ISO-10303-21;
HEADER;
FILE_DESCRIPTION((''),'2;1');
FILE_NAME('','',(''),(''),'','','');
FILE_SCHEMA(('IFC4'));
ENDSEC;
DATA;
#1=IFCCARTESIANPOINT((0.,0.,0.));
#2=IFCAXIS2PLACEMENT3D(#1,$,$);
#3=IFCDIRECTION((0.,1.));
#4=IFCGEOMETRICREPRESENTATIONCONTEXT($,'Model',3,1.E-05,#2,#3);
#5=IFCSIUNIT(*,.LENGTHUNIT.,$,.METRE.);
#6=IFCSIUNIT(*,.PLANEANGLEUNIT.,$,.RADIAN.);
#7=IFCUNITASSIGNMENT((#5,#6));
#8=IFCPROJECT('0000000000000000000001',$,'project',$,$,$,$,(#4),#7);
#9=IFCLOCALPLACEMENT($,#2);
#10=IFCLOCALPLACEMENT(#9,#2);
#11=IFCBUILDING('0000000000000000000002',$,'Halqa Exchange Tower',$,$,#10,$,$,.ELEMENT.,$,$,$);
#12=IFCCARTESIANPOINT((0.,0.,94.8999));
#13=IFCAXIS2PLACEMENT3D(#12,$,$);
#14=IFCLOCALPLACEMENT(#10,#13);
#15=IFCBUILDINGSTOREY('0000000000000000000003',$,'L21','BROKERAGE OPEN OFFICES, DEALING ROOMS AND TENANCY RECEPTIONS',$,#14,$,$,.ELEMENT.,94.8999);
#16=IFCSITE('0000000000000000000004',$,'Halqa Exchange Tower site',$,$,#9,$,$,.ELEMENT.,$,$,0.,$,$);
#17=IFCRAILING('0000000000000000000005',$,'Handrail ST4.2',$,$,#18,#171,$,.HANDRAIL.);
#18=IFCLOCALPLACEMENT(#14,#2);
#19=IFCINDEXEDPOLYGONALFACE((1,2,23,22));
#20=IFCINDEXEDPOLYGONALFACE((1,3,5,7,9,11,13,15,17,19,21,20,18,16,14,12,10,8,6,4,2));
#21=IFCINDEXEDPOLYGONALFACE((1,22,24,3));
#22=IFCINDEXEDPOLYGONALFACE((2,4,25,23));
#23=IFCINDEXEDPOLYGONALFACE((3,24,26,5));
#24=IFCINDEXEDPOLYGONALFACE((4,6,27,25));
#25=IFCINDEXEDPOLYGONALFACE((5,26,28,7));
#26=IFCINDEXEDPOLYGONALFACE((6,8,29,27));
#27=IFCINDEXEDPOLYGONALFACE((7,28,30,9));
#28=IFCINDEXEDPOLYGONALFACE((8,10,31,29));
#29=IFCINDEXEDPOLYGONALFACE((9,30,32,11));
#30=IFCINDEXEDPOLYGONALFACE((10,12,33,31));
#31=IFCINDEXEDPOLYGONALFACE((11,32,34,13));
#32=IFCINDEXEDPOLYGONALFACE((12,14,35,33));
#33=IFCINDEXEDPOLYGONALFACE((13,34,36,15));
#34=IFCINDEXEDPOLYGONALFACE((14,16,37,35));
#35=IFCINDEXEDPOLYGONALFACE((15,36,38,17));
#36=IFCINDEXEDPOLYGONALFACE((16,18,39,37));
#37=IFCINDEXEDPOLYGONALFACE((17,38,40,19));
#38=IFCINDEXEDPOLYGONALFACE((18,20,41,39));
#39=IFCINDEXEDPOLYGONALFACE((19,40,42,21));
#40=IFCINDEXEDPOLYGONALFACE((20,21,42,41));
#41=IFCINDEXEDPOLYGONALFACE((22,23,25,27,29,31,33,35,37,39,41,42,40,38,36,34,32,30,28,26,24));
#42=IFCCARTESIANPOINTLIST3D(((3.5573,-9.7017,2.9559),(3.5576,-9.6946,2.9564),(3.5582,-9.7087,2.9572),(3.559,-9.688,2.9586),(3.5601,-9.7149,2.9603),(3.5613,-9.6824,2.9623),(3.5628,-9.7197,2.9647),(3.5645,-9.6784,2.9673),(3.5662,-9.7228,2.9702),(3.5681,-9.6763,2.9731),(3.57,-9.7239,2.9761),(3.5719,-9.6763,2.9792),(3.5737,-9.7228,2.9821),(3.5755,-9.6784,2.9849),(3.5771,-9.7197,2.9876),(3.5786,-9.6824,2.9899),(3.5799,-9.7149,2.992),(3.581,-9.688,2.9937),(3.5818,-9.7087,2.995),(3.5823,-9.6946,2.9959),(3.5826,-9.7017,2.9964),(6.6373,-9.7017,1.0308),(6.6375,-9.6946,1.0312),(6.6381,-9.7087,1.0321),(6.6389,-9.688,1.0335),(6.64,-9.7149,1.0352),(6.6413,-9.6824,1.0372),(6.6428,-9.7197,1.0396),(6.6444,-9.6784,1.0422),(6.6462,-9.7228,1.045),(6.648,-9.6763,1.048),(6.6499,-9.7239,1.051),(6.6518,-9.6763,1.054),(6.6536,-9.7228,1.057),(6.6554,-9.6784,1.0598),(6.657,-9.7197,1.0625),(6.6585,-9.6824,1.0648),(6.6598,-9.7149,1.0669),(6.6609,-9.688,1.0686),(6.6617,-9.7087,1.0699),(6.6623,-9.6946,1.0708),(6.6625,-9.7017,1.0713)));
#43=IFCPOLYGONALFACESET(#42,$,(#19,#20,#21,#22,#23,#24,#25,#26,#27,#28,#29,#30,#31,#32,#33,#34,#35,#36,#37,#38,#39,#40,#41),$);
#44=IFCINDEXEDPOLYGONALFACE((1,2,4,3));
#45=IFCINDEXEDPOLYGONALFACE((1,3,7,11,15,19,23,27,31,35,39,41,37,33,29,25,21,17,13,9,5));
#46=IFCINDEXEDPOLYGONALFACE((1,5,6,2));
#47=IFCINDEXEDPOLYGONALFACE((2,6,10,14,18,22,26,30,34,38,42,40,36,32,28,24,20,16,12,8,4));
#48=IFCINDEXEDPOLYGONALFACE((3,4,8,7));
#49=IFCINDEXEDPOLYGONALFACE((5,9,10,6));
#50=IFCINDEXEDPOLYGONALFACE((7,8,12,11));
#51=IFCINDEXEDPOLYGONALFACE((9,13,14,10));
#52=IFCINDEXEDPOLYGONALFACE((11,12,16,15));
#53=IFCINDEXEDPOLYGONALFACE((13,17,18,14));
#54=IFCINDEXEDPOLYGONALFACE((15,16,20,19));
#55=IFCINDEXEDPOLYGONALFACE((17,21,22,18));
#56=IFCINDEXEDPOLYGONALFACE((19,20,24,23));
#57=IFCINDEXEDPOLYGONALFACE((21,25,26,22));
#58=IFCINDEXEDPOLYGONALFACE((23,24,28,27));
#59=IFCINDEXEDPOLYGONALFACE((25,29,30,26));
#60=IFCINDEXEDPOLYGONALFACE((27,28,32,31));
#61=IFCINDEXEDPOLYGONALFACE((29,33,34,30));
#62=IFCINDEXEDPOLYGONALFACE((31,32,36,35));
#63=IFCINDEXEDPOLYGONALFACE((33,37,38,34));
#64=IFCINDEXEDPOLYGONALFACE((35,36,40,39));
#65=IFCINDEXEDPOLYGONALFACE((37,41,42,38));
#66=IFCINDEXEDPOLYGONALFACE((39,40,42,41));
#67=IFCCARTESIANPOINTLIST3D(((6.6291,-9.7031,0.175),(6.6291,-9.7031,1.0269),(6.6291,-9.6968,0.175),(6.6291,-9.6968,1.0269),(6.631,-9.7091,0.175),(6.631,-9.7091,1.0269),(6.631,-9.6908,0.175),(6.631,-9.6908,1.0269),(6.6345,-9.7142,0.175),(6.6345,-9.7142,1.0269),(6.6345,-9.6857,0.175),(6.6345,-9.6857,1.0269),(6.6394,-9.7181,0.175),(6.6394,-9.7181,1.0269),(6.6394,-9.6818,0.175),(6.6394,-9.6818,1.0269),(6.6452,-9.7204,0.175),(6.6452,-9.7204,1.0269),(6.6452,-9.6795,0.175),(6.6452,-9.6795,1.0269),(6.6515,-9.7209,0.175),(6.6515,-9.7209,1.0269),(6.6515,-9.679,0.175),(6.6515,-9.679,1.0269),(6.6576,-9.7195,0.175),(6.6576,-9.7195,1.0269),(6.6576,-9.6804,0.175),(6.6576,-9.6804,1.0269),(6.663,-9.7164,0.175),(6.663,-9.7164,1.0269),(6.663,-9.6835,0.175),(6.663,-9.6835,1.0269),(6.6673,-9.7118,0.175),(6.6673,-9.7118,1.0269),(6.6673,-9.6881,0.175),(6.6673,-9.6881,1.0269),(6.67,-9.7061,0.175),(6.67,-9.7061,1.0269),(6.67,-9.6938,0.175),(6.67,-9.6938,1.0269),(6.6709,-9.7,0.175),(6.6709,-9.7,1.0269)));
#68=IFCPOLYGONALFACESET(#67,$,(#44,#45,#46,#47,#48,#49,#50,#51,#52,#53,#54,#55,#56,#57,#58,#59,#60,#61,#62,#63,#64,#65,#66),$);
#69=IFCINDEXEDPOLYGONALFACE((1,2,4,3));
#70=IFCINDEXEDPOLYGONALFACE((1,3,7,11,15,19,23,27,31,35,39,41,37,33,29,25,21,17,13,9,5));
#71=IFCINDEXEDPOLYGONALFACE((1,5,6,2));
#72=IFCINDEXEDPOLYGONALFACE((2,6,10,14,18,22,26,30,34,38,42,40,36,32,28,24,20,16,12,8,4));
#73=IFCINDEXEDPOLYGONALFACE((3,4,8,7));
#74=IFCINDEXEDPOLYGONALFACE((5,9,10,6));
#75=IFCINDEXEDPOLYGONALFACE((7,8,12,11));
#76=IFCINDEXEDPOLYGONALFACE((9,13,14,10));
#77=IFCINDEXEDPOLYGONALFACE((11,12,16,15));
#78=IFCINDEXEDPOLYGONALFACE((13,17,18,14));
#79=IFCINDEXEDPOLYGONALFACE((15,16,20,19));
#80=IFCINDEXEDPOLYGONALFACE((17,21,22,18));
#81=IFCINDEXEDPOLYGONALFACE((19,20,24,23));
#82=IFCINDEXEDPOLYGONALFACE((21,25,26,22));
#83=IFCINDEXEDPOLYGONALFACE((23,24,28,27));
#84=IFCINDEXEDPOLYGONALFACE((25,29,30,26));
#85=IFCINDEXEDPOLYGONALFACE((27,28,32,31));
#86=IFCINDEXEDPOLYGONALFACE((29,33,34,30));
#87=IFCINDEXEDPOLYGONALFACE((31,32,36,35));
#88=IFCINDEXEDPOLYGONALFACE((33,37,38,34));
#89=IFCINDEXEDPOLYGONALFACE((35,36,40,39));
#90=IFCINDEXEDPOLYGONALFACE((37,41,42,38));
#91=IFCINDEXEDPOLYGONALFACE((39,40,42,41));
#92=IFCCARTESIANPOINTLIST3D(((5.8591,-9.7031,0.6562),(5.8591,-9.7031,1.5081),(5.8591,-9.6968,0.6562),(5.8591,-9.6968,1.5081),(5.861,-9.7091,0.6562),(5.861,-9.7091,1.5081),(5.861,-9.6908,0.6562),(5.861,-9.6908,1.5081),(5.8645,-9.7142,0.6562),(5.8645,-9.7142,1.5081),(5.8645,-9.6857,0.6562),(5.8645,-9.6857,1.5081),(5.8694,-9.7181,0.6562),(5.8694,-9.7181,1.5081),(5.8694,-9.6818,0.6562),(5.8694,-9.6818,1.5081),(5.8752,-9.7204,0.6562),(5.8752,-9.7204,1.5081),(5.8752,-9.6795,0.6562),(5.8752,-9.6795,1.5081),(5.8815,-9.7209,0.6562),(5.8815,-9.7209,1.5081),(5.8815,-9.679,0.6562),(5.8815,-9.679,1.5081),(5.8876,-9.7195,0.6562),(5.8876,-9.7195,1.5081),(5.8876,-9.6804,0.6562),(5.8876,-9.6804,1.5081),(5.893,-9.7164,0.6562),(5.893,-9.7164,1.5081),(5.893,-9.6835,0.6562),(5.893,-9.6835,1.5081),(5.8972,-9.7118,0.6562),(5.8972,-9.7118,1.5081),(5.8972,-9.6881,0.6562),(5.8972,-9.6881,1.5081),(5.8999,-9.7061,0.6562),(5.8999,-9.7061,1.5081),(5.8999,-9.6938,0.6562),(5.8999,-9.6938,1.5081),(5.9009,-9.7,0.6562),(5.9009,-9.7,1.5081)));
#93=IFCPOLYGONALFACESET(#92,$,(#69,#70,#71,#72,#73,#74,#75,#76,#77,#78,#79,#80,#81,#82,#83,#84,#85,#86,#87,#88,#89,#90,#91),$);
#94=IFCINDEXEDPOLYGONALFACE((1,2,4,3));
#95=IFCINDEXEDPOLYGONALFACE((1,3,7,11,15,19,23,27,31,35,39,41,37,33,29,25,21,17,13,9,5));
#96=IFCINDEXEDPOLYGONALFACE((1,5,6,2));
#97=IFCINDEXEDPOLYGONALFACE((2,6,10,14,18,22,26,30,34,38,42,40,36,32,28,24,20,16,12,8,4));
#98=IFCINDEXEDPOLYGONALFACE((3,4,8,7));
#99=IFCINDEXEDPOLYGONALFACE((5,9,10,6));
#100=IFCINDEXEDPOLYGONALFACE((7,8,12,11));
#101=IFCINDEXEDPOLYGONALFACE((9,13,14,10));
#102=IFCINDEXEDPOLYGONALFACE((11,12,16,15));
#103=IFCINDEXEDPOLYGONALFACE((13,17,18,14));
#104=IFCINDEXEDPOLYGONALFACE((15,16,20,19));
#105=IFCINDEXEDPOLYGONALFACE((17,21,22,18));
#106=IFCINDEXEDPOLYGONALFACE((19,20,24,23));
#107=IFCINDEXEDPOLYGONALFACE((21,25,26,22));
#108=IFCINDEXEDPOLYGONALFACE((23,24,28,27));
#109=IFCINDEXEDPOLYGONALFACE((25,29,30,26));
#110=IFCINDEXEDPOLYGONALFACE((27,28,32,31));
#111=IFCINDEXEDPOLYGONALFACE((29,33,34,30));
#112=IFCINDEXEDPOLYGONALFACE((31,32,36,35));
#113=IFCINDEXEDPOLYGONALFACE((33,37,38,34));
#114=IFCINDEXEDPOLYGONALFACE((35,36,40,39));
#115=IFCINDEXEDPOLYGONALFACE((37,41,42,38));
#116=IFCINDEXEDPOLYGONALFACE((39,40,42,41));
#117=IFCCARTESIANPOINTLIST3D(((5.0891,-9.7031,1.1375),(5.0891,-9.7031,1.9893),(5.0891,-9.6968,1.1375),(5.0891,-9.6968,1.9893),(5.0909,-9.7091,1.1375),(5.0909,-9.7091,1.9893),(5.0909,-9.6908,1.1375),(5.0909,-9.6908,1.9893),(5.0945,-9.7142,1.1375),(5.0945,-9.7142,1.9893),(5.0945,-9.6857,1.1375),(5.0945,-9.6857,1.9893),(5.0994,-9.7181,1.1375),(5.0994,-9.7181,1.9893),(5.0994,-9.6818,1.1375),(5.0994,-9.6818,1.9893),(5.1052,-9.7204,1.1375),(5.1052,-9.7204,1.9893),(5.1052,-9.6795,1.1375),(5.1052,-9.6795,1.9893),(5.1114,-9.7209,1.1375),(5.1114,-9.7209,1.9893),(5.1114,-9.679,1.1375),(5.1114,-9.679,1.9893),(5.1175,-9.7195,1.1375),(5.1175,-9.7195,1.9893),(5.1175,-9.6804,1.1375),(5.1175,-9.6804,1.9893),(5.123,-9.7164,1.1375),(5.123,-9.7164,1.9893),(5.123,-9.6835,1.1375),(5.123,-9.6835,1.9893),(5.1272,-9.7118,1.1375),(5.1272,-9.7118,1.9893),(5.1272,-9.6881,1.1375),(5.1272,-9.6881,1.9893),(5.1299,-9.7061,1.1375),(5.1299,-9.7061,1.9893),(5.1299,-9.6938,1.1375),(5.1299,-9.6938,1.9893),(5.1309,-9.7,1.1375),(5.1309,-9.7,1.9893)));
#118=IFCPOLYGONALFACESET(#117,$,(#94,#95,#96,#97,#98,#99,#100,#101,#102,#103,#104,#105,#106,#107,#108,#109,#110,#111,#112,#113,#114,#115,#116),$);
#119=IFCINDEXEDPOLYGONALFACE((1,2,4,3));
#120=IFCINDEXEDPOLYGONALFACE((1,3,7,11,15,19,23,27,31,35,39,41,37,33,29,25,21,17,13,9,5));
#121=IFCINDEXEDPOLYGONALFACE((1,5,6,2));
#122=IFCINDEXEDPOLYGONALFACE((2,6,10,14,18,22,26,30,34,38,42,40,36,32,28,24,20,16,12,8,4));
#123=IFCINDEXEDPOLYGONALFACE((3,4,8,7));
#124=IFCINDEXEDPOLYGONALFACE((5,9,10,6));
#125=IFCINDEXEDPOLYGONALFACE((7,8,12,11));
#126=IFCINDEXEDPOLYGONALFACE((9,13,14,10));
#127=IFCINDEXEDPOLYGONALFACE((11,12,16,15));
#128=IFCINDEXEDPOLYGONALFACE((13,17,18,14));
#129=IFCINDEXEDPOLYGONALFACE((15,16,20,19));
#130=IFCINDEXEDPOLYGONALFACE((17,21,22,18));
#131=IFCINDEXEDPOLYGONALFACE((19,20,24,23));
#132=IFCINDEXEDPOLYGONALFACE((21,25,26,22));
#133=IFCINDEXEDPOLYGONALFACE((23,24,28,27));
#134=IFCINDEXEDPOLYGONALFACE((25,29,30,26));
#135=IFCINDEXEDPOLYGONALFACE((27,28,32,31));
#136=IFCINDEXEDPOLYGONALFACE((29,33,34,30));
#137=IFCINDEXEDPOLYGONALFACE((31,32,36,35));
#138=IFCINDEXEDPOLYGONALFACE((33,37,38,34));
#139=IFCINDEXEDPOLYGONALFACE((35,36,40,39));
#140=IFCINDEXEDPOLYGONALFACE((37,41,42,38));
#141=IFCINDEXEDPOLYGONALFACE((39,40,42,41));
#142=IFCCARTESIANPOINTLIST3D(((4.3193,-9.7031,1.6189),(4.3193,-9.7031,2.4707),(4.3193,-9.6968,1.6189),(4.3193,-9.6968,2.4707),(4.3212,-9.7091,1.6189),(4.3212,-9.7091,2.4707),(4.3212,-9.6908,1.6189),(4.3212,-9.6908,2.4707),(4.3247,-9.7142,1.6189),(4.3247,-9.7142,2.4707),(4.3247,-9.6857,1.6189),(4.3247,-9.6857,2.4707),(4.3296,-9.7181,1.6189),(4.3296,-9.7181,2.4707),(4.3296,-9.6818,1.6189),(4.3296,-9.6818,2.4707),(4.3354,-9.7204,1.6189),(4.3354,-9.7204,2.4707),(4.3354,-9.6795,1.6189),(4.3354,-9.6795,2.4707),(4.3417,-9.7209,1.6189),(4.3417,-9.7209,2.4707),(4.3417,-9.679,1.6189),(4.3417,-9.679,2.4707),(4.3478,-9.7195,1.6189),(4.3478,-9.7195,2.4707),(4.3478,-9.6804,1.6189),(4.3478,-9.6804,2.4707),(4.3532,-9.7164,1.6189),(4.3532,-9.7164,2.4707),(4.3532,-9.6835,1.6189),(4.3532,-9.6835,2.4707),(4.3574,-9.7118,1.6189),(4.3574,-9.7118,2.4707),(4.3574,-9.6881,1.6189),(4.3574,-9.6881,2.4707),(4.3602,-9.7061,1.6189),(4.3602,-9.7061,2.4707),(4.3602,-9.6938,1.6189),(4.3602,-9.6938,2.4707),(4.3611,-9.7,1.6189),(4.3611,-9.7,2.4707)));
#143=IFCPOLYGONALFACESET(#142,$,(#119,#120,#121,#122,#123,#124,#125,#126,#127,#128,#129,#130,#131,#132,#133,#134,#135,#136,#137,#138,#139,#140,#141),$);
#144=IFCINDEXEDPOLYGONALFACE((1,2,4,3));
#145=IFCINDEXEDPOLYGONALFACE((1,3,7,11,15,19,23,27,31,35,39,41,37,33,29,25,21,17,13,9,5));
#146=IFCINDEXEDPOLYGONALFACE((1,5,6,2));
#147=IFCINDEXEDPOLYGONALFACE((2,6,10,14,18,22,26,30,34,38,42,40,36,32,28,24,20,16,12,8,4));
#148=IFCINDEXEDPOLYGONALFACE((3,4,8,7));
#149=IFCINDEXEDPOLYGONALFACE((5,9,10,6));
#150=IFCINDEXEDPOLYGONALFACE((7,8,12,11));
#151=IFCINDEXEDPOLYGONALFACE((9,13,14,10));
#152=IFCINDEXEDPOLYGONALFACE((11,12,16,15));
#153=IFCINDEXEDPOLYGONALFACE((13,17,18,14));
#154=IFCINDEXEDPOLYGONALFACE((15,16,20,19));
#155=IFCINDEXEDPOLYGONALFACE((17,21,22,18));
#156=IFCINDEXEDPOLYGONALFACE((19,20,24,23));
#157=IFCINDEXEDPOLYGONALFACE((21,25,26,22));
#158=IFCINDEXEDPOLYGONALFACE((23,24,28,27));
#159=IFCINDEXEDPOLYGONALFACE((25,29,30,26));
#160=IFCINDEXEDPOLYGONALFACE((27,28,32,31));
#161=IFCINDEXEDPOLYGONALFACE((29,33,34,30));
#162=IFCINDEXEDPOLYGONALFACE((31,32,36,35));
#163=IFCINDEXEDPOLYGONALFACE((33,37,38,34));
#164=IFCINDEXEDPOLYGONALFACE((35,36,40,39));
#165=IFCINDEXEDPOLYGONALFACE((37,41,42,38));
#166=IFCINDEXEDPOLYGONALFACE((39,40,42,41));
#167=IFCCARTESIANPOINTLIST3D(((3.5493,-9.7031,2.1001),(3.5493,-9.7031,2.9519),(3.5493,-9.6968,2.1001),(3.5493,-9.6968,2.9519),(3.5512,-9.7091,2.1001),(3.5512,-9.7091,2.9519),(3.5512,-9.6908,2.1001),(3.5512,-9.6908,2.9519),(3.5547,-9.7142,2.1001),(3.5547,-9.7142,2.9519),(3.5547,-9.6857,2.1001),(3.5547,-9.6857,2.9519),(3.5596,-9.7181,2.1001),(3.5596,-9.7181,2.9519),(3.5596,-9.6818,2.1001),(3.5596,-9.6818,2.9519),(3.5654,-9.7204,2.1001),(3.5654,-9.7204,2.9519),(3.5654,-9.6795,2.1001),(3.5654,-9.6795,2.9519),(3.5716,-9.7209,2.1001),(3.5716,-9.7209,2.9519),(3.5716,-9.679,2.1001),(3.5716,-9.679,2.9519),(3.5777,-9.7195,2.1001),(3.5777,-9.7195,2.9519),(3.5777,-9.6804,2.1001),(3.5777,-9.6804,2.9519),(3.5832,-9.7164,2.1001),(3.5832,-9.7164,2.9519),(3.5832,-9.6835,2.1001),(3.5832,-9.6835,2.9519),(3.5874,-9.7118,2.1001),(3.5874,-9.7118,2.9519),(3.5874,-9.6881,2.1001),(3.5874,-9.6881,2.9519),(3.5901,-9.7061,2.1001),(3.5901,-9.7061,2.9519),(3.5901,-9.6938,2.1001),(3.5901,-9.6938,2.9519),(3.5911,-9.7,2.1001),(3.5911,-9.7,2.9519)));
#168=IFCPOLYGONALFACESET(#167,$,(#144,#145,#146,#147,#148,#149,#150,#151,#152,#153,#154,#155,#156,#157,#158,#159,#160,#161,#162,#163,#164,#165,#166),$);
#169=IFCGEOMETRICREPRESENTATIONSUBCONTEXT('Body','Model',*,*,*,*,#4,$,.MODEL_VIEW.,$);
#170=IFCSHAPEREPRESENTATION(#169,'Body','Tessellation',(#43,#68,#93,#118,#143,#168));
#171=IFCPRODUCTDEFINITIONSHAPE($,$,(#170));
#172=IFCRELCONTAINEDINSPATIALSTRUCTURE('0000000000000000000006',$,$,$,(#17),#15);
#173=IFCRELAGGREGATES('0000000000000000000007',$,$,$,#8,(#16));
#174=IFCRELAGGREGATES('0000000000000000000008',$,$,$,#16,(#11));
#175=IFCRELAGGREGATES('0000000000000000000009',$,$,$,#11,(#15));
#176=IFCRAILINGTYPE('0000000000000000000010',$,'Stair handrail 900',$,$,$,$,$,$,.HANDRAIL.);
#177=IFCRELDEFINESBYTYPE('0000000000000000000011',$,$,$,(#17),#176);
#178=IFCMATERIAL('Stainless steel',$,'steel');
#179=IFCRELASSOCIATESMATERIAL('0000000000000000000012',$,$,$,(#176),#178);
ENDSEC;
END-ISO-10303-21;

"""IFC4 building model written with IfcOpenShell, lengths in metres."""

from ifc_helpers import new_model, si_unit, direction, frame, origin, origin_2d, place, context, subcontext, project, spatial, circle, extrude, material, type_object, element, save


model = new_model("IFC4")

# Units and contexts
model_context = context("Model", 3, precision=1e-05, world=origin(), true_north=direction((0.0, 1.0)))
body_context = subcontext(model_context, "Body", "Model", "MODEL_VIEW")
ifc_project = project(units=[si_unit("LENGTHUNIT", "METRE"), si_unit("PLANEANGLEUNIT", "RADIAN")], contexts=[model_context])

# Site, building, storey
site_placement = place(None, origin())
site = spatial("IfcSite", under=ifc_project, at=site_placement, Name="Halqa Exchange Tower site", CompositionType="ELEMENT", RefElevation=0.0)
building_placement = place(site_placement, origin())
building = spatial("IfcBuilding", under=site, at=building_placement, Name="Halqa Exchange Tower", CompositionType="ELEMENT")
storey_placement = place(building_placement, frame((0.0, 0.0, 94.8999)))
storey = spatial("IfcBuildingStorey", under=building, at=storey_placement, Name="L21", Description="BROKERAGE OPEN OFFICES, DEALING ROOMS AND TENANCY RECEPTIONS", CompositionType="ELEMENT", Elevation=94.8999)

# Railing
ifc_material_1 = material(Name="Stainless steel", Category="steel")
railing_type_1 = type_object("IfcRailingType", Name="Stair handrail 900", PredefinedType="HANDRAIL", material=ifc_material_1)
railing_1_placement = place(storey_placement, frame((6.6499, -9.7, 0.175)))
element("IfcRailing", 1, at=railing_1_placement, inside=storey, type_object=railing_type_1, Name="Handrail ST4.2", PredefinedType="HANDRAIL", context=body_context, shape_type="SweptSolid", body=[
    extrude(circle(Radius=0.0239, at=origin_2d()), frame((0.0, 0.0, 0.876), z_axis=(-0.847979, 0.0, 0.530029), x_axis=(0.0, -1.0, 0.0)), (0.0, 0.0, 1.0), 3.6321),
    extrude(circle(Radius=0.021, at=origin_2d()), origin(), (0.0, 0.0, 1.0), 0.8518),
    extrude(circle(Radius=0.021, at=origin_2d()), frame((-0.77, 0.0, 0.4812)), (0.0, 0.0, 1.0), 0.8518),
    extrude(circle(Radius=0.021, at=origin_2d()), frame((-1.54, 0.0, 0.9624)), (0.0, 0.0, 1.0), 0.8518),
    extrude(circle(Radius=0.021, at=origin_2d()), frame((-2.3098, 0.0, 1.4438)), (0.0, 0.0, 1.0), 0.8518),
    extrude(circle(Radius=0.021, at=origin_2d()), frame((-3.0798, 0.0, 1.925)), (0.0, 0.0, 1.0), 0.8518),
])

save(model, "model.ifc")
